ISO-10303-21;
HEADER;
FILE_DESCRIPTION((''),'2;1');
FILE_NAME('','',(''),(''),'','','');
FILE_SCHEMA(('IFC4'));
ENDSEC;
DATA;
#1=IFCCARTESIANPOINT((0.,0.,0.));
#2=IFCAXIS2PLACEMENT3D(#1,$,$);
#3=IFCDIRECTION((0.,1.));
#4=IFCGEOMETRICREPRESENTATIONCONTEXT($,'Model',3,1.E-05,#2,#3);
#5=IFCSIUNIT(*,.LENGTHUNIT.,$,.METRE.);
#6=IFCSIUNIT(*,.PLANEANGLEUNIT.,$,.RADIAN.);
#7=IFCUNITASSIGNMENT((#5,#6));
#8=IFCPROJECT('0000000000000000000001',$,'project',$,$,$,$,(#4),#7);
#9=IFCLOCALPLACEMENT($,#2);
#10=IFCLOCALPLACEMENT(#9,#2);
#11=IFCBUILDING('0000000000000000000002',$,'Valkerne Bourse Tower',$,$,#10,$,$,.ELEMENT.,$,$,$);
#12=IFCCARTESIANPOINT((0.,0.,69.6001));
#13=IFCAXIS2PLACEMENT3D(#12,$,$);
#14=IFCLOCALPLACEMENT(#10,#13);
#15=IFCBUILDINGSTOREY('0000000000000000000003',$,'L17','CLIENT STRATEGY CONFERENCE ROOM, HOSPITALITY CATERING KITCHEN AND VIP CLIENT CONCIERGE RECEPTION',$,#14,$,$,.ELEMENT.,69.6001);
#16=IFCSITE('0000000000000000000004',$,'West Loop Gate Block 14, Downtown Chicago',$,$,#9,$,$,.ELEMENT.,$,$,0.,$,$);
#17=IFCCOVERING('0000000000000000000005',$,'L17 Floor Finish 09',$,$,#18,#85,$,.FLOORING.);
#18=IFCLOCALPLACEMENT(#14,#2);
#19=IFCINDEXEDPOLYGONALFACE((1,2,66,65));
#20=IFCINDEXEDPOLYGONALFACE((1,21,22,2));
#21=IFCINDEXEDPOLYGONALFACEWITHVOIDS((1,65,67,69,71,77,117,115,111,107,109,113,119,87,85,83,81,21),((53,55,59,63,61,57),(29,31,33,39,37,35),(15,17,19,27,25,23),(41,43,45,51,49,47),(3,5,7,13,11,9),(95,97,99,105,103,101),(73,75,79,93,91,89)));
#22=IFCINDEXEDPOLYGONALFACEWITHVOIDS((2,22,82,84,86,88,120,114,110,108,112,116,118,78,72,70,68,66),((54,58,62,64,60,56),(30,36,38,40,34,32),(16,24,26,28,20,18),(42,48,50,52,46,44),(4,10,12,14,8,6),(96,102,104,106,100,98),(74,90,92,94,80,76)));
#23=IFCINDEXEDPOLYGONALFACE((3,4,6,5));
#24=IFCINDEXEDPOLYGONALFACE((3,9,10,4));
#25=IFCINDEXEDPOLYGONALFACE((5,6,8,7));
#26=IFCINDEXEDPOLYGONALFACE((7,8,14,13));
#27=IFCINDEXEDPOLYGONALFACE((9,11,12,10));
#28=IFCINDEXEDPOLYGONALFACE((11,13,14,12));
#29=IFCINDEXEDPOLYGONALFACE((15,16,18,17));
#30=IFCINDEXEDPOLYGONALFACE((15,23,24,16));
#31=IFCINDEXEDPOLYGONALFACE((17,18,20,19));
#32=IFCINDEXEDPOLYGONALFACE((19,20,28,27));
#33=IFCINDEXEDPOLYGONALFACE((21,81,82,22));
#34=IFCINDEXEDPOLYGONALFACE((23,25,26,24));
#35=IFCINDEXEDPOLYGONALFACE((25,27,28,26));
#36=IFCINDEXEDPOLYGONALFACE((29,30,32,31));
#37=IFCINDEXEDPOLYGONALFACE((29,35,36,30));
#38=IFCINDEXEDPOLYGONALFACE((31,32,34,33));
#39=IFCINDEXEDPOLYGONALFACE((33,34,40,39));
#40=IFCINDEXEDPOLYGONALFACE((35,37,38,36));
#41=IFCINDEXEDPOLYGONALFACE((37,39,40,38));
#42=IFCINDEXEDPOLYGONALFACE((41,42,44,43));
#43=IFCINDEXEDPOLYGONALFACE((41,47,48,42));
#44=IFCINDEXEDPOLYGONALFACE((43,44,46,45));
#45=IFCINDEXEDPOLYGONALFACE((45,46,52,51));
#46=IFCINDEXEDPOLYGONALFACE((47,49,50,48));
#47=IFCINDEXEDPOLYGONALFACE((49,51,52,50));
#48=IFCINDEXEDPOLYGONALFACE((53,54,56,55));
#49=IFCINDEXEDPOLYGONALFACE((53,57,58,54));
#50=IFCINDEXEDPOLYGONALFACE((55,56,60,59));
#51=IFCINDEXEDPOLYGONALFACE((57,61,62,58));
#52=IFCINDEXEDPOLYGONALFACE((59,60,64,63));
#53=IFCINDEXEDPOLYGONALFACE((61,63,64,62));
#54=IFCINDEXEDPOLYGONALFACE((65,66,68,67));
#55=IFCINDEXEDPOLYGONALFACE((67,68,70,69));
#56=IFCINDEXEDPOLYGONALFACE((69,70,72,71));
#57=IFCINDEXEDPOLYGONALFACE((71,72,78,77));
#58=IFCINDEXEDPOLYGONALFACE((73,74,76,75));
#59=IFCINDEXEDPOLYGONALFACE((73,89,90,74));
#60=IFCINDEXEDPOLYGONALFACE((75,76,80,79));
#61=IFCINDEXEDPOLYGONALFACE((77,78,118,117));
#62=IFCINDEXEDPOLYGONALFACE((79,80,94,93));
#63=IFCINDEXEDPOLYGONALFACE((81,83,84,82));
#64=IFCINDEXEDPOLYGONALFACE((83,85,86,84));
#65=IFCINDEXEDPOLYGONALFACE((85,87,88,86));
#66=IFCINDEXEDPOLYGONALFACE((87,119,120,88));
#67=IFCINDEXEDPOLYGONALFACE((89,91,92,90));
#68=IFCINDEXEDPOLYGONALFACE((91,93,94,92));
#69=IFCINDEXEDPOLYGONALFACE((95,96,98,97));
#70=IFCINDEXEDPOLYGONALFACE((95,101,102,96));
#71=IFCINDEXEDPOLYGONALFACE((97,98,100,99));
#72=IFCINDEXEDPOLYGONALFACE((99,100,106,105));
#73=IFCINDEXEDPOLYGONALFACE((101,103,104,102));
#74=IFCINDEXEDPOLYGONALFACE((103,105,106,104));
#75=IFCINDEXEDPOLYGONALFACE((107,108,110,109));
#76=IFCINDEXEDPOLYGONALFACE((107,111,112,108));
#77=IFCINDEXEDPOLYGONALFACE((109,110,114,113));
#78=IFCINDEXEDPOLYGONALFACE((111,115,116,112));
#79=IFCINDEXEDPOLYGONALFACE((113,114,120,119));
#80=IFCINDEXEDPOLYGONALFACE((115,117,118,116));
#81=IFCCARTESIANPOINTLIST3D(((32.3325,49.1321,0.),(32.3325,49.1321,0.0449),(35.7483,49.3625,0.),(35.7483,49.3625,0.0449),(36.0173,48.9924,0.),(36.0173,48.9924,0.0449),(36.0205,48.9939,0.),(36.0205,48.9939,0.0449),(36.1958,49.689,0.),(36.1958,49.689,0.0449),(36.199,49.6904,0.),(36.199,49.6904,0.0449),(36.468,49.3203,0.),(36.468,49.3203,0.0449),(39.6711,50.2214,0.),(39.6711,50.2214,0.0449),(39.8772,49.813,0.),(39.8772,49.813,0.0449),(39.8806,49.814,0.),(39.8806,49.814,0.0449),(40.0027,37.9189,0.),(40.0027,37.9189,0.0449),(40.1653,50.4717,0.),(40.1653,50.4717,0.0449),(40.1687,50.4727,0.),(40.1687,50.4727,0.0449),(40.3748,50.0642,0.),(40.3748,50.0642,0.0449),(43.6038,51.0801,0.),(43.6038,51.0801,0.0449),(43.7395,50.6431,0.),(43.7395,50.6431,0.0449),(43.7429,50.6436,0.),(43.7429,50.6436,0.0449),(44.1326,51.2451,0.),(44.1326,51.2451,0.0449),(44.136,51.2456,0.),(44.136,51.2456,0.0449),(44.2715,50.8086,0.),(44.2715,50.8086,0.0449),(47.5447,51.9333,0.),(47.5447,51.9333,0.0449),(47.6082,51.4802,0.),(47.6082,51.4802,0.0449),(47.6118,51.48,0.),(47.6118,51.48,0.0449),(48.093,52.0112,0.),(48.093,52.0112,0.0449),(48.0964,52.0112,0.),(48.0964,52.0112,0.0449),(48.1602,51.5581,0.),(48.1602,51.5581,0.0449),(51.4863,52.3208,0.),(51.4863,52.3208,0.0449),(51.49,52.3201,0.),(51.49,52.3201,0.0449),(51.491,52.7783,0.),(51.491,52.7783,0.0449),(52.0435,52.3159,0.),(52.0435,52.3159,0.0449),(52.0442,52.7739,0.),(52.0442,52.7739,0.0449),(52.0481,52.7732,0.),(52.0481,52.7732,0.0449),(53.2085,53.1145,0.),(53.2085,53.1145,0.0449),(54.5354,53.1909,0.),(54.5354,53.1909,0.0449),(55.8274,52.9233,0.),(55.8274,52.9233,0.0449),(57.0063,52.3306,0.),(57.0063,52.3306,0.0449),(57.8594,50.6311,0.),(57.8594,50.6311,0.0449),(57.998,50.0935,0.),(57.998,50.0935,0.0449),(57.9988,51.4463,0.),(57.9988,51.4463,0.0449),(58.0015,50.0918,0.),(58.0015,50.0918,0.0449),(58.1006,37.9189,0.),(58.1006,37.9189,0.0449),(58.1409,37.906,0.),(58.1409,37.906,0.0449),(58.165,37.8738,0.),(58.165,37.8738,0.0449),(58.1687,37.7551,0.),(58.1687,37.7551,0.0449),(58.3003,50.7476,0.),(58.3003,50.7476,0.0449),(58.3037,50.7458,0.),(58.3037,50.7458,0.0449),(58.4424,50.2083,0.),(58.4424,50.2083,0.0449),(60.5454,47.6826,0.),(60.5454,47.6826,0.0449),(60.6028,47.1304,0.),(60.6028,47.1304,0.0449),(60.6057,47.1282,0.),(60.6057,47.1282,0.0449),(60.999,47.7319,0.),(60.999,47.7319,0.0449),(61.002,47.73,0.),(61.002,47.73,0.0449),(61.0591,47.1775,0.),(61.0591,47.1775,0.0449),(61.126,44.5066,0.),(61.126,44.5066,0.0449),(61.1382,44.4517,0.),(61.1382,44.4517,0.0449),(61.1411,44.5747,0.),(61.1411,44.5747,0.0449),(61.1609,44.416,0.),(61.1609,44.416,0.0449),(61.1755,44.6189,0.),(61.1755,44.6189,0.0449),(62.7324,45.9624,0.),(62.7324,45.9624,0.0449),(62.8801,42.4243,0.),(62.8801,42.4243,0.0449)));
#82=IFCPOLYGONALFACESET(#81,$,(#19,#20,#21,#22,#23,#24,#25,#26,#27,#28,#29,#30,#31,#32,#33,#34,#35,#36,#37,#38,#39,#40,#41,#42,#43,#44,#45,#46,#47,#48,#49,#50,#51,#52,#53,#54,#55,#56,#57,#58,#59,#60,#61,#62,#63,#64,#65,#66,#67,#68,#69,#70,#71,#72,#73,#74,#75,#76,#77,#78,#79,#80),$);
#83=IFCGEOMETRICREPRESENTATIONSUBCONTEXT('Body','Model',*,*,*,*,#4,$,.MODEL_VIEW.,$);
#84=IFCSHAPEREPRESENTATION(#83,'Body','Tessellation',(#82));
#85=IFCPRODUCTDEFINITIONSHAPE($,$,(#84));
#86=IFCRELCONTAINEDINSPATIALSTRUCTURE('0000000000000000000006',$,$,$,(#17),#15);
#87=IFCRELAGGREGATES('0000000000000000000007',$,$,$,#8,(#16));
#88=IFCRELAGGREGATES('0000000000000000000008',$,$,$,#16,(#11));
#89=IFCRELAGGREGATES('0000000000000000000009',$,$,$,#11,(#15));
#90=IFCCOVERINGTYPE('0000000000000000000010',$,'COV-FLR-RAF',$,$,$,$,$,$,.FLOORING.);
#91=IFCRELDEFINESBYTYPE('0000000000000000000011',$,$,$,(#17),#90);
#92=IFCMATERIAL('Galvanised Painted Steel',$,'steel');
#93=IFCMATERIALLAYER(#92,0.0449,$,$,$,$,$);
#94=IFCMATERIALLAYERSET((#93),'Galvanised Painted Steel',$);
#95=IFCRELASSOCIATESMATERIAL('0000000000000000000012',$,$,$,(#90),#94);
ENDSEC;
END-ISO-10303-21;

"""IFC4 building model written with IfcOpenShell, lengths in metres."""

from ifc_helpers import new_model, si_unit, direction, frame, origin, place, context, subcontext, project, spatial, polyline, outline, extrude, material, layer, layer_set, type_object, element, save


model = new_model("IFC4")

# Units and contexts
model_context = context("Model", 3, precision=1e-05, world=origin(), true_north=direction((0.0, 1.0)))
body_context = subcontext(model_context, "Body", "Model", "MODEL_VIEW")
ifc_project = project(units=[si_unit("LENGTHUNIT", "METRE"), si_unit("PLANEANGLEUNIT", "RADIAN")], contexts=[model_context])

# Site, building, storey
site_placement = place(None, origin())
site = spatial("IfcSite", under=ifc_project, at=site_placement, Name="West Loop Gate Block 14, Downtown Chicago", CompositionType="ELEMENT", RefElevation=0.0)
building_placement = place(site_placement, origin())
building = spatial("IfcBuilding", under=site, at=building_placement, Name="Valkerne Bourse Tower", CompositionType="ELEMENT")
storey_placement = place(building_placement, frame((0.0, 0.0, 69.6001)))
storey = spatial("IfcBuildingStorey", under=building, at=storey_placement, Name="L17", Description="CLIENT STRATEGY CONFERENCE ROOM, HOSPITALITY CATERING KITCHEN AND VIP CLIENT CONCIERGE RECEPTION", CompositionType="ELEMENT", Elevation=69.6001)

# Covering
ifc_material_1 = material(Name="Galvanised Painted Steel", Category="steel")
ifc_layer_1 = layer(ifc_material_1, 0.0449)
ifc_layer_set_1 = layer_set([ifc_layer_1], Name="Galvanised Painted Steel")
covering_type_1 = type_object("IfcCoveringType", Name="COV-FLR-RAF", PredefinedType="FLOORING", material=ifc_layer_set_1)
covering_1_placement = place(storey_placement, origin())
element("IfcCovering", 1, at=covering_1_placement, inside=storey, type_object=covering_type_1, Name="L17 Floor Finish 09", PredefinedType="FLOORING", context=body_context, shape_type="SweptSolid", body=[
    extrude(outline(polyline([(55.8274, 52.9233), (57.0063, 52.3306), (57.9988, 51.4463), (62.7324, 45.9624), (61.1755, 44.6189), (61.1411, 44.5747), (61.126, 44.5066), (61.1382, 44.4517), (61.1609, 44.416), (62.8801, 42.4243), (58.1687, 37.7551), (58.165, 37.8738), (58.1409, 37.906), (58.1006, 37.9189), (40.0027, 37.9189), (32.3325, 49.1321), (53.2085, 53.1145), (54.5354, 53.1909), (55.8274, 52.9233)]), holes=[polyline([(36.0205, 48.9939), (36.468, 49.3203), (36.199, 49.6904), (36.1958, 49.689), (35.7483, 49.3625), (36.0173, 48.9924), (36.0205, 48.9939)]), polyline([(39.8806, 49.814), (40.3748, 50.0642), (40.1687, 50.4727), (40.1653, 50.4717), (39.6711, 50.2214), (39.8772, 49.813), (39.8806, 49.814)]), polyline([(44.2715, 50.8086), (44.136, 51.2456), (44.1326, 51.2451), (43.6038, 51.0801), (43.7395, 50.6431), (43.7429, 50.6436), (44.2715, 50.8086)]), polyline([(48.1602, 51.5581), (48.0964, 52.0112), (48.093, 52.0112), (47.5447, 51.9333), (47.6082, 51.4802), (47.6118, 51.48), (48.1602, 51.5581)]), polyline([(52.0481, 52.7732), (52.0442, 52.7739), (51.491, 52.7783), (51.4863, 52.3208), (51.49, 52.3201), (52.0435, 52.3159), (52.0481, 52.7732)]), polyline([(61.002, 47.73), (60.999, 47.7319), (60.5454, 47.6826), (60.6028, 47.1304), (60.6057, 47.1282), (61.0591, 47.1775), (61.002, 47.73)]), polyline([(58.4424, 50.2083), (58.3037, 50.7458), (58.3003, 50.7476), (57.8594, 50.6311), (57.998, 50.0935), (58.0015, 50.0918), (58.4424, 50.2083)])]), origin(), (0.0, 0.0, 1.0), 0.0449),
])

save(model, "model.ifc")
